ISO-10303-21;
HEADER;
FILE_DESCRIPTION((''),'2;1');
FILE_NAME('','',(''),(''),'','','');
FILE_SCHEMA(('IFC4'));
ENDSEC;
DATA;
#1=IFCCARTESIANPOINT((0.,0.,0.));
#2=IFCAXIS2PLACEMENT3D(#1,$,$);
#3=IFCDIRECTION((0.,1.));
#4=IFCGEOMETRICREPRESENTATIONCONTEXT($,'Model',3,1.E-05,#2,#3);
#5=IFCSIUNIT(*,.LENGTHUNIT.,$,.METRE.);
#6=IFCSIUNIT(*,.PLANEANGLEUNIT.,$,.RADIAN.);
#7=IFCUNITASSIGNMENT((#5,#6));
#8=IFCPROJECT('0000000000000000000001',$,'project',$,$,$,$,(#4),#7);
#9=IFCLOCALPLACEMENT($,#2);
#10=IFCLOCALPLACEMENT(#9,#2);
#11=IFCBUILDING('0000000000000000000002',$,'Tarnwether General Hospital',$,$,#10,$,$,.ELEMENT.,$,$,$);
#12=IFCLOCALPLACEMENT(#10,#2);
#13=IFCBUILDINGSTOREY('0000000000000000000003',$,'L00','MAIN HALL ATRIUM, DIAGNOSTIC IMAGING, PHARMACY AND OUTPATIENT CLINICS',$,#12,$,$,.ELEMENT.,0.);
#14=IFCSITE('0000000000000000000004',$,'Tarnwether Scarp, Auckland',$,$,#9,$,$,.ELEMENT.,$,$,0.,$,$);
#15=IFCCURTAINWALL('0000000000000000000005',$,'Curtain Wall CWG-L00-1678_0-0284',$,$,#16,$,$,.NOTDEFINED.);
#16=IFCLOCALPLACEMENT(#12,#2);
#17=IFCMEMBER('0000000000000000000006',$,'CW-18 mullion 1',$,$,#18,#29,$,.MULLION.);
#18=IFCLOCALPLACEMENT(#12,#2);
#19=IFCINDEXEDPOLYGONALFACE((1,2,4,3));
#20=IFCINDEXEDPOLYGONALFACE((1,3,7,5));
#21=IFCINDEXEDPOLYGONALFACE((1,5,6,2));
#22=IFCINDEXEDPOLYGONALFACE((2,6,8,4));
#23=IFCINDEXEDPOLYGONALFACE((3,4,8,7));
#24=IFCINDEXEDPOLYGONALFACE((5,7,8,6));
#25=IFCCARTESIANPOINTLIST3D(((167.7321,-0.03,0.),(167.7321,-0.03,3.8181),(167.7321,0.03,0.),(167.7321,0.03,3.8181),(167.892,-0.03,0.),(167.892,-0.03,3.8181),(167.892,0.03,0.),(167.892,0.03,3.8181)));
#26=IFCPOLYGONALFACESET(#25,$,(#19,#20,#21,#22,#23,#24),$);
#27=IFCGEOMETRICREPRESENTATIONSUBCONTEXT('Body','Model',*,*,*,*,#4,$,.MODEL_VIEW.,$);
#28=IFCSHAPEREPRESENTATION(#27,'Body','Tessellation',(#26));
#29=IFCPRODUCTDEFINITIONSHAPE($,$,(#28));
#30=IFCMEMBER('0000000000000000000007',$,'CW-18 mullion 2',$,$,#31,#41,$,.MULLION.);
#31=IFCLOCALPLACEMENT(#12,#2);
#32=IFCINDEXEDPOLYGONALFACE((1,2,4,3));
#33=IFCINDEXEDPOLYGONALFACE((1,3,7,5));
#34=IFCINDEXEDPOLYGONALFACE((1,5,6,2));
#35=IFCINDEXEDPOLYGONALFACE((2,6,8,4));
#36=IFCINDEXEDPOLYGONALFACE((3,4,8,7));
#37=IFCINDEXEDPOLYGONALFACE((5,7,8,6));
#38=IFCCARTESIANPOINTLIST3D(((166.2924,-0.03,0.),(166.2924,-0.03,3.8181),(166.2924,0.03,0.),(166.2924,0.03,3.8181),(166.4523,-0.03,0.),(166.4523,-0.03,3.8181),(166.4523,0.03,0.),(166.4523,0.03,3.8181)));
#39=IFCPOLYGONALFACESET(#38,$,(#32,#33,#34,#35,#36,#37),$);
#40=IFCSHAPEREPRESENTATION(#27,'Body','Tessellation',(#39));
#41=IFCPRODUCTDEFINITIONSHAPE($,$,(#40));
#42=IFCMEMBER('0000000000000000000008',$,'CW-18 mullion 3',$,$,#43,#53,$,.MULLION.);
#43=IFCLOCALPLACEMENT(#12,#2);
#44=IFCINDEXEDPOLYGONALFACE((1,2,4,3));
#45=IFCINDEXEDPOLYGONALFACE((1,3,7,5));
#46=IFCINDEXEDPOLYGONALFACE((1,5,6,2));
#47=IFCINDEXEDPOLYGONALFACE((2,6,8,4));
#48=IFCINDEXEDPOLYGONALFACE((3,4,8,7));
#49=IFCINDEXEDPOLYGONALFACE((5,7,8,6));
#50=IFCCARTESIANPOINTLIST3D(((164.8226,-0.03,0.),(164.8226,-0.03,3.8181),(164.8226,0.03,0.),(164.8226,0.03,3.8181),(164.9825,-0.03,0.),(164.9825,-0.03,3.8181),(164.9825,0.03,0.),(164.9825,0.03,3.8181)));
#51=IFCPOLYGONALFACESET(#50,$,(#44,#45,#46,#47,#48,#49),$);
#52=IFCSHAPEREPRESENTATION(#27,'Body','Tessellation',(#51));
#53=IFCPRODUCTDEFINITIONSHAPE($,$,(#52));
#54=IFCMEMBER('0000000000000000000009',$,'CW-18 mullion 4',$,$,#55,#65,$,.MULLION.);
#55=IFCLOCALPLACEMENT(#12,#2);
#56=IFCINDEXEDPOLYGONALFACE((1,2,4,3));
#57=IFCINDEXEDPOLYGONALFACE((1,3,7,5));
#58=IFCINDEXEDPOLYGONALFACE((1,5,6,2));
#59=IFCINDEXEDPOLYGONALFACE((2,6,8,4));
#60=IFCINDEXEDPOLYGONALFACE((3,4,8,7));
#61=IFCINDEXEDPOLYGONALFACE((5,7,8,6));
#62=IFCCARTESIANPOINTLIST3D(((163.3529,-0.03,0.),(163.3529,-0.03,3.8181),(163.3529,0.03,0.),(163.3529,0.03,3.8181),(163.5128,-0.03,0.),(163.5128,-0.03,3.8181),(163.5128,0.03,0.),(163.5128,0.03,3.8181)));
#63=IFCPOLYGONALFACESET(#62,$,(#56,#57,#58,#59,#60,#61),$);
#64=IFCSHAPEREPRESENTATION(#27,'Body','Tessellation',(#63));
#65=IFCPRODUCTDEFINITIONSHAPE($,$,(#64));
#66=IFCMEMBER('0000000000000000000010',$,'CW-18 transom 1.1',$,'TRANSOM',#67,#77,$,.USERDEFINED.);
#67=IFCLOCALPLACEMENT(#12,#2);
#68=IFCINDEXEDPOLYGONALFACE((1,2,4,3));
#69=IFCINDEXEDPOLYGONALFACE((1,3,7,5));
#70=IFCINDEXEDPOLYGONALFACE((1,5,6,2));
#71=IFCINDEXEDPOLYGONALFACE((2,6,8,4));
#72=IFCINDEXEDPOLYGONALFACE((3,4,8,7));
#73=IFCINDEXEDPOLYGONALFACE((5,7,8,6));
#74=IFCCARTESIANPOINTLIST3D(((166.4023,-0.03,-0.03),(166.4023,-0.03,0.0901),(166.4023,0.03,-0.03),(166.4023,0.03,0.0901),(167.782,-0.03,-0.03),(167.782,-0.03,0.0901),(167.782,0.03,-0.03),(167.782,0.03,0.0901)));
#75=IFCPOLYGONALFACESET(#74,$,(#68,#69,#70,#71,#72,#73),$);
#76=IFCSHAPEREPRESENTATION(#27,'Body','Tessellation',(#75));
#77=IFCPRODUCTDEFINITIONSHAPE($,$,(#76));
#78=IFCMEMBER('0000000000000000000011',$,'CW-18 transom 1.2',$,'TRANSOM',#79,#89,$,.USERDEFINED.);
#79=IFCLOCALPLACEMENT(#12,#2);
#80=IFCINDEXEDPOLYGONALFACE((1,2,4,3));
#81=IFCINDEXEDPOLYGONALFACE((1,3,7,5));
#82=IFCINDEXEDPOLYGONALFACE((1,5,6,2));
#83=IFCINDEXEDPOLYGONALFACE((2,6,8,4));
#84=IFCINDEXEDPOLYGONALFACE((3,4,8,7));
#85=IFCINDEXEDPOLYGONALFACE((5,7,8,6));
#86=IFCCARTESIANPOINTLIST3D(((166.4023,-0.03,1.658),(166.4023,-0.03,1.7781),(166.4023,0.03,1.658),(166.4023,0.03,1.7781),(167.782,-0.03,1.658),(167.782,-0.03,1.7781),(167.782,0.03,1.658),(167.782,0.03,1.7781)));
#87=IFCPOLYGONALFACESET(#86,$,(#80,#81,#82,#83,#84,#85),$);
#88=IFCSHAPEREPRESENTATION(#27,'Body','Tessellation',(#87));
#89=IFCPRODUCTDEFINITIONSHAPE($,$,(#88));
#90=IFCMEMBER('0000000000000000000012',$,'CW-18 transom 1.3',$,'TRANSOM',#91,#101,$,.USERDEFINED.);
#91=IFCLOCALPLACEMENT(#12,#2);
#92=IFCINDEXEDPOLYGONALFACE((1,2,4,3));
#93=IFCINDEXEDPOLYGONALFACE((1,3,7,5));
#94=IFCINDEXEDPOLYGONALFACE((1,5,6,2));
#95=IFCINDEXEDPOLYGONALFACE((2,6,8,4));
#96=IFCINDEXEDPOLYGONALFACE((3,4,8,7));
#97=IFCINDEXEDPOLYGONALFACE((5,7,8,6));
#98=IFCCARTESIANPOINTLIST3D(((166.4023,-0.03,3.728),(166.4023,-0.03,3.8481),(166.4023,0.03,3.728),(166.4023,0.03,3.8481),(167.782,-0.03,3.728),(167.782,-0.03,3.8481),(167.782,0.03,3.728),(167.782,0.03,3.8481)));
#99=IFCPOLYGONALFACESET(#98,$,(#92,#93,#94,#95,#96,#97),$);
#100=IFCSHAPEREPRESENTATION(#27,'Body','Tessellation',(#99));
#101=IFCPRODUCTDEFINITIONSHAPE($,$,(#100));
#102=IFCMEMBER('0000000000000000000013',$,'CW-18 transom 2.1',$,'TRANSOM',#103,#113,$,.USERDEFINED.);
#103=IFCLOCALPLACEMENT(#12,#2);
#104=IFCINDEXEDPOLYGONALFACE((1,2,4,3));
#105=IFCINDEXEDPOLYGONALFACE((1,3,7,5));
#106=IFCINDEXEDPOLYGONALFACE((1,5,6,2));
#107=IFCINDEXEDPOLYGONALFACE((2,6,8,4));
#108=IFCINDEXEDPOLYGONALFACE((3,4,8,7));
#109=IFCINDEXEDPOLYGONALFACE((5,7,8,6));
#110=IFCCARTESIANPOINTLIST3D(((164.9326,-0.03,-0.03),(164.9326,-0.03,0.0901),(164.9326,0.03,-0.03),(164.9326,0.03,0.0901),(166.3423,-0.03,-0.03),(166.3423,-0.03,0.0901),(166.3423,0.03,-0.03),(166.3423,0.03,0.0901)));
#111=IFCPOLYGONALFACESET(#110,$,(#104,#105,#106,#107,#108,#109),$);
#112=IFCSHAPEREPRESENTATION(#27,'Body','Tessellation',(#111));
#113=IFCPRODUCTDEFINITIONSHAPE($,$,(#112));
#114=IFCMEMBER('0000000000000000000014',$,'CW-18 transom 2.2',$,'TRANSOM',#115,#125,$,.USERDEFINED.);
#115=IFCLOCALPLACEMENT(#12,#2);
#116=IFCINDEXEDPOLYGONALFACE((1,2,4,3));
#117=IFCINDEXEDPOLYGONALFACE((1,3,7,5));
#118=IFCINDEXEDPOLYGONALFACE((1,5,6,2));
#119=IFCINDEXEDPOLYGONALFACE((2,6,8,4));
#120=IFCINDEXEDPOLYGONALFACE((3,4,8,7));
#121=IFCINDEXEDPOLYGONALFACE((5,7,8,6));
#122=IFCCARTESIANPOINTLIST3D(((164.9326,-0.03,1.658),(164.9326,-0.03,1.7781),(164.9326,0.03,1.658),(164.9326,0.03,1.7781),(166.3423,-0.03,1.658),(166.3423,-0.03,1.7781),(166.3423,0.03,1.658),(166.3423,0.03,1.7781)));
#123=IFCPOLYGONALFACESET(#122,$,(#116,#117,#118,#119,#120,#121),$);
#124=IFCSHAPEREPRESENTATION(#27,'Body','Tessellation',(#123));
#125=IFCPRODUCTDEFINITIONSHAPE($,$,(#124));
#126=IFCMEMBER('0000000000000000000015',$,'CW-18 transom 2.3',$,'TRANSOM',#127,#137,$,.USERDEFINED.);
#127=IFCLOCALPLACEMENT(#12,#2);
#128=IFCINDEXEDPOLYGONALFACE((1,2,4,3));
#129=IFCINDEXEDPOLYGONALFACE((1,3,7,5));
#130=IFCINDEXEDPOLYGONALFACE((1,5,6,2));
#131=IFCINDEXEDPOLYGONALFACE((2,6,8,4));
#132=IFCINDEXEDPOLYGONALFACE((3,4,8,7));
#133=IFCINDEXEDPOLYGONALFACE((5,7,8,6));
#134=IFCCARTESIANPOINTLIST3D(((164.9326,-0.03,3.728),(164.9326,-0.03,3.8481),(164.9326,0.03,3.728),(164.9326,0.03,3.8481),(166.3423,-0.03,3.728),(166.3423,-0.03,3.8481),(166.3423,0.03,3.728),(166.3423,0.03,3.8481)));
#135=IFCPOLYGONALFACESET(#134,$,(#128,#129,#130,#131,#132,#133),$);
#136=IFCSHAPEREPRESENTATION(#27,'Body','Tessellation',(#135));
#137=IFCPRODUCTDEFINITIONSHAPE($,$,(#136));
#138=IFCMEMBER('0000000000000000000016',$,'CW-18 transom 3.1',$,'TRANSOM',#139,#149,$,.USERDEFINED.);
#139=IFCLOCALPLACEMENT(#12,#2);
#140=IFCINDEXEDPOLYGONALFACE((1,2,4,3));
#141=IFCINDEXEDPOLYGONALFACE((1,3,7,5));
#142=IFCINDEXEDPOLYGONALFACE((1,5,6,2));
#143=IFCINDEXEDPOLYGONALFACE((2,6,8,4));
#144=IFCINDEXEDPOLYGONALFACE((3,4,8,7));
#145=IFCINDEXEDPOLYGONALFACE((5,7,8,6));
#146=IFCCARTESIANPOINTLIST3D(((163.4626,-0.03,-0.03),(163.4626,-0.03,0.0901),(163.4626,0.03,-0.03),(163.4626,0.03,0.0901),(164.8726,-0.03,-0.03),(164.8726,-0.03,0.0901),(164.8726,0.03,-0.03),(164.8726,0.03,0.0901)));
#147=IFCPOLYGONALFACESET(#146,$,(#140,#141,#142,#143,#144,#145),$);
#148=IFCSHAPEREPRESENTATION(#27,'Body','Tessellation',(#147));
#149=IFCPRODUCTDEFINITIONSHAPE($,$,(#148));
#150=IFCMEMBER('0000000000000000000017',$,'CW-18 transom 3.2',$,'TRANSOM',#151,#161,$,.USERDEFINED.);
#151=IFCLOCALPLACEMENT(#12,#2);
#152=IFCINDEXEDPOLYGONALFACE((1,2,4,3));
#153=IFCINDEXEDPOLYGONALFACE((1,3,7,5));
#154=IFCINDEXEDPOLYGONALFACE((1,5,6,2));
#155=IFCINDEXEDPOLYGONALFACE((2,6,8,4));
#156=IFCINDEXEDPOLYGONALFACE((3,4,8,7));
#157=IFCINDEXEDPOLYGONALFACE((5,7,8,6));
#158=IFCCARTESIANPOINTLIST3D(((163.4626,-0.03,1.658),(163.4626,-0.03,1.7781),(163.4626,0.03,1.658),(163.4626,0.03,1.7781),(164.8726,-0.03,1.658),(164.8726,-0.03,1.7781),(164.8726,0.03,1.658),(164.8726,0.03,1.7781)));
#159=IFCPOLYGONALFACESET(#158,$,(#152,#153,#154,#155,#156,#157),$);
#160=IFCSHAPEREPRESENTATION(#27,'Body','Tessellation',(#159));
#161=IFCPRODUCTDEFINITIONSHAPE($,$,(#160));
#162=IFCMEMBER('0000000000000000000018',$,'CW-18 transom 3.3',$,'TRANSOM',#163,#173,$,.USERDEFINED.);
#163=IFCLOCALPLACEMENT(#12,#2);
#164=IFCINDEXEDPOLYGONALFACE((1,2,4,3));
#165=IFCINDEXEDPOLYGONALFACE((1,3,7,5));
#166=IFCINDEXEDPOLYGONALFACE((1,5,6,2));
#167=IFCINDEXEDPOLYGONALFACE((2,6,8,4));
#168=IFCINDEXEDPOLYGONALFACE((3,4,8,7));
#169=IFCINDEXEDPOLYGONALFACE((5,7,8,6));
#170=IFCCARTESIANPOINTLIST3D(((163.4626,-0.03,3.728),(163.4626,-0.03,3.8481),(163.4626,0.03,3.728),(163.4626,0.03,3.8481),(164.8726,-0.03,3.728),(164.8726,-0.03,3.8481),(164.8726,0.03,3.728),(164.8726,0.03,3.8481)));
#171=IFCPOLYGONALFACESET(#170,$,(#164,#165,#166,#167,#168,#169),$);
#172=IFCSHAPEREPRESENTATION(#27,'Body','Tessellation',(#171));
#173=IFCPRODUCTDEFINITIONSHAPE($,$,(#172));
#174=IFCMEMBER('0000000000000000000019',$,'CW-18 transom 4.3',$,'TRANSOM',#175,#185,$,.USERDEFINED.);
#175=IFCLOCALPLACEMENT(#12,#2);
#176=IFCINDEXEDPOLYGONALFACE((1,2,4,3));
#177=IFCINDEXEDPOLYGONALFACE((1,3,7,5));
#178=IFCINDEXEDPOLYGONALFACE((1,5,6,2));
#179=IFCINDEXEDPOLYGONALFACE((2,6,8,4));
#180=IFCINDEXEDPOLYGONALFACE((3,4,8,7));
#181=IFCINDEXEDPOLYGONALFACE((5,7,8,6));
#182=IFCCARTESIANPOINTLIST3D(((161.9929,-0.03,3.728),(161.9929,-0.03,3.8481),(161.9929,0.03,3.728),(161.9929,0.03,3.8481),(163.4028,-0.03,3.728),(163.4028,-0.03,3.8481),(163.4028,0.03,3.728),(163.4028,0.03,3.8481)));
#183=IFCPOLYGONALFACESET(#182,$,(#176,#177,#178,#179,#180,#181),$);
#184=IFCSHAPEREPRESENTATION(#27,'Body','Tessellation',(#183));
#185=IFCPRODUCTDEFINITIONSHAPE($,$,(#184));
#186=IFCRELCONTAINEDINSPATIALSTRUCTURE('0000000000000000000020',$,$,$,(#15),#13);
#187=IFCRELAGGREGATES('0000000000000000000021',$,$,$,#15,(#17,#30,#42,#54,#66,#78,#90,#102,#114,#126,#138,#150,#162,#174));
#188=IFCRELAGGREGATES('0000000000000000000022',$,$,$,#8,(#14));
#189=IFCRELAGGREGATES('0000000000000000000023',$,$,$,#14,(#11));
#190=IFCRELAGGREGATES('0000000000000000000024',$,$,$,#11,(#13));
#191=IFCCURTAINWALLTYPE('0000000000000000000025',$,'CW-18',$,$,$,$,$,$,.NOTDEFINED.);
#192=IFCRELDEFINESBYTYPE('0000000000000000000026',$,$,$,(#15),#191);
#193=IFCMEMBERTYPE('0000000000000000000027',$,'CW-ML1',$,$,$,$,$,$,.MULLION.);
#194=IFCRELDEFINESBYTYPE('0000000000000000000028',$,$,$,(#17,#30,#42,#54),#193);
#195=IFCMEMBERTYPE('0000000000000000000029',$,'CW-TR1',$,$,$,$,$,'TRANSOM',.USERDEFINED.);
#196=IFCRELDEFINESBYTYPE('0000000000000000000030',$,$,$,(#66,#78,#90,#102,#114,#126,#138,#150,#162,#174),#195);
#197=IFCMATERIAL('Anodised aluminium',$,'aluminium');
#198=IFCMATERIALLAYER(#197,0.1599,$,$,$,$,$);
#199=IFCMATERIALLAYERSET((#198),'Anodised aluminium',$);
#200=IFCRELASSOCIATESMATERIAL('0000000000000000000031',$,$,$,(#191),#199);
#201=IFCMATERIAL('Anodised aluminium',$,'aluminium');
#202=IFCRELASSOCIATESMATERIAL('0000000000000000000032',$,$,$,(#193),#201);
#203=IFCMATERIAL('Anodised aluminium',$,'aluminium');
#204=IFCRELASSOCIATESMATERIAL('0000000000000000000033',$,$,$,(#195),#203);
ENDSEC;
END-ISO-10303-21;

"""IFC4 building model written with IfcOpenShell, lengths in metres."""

from ifc_helpers import new_model, si_unit, direction, frame, origin, origin_2d, place, context, subcontext, project, spatial, rectangle, extrude, material, layer, layer_set, material_profile, profile_set, type_object, element, aggregate, save


model = new_model("IFC4")

# Units and contexts
model_context = context("Model", 3, precision=1e-05, world=origin(), true_north=direction((0.0, 1.0)))
body_context = subcontext(model_context, "Body", "Model", "MODEL_VIEW")
ifc_project = project(units=[si_unit("LENGTHUNIT", "METRE"), si_unit("PLANEANGLEUNIT", "RADIAN")], contexts=[model_context])

# Site, building, storey
site_placement = place(None, origin())
site = spatial("IfcSite", under=ifc_project, at=site_placement, Name="Tarnwether Scarp, Auckland", CompositionType="ELEMENT", RefElevation=0.0)
building_placement = place(site_placement, origin())
building = spatial("IfcBuilding", under=site, at=building_placement, Name="Tarnwether General Hospital", CompositionType="ELEMENT")
storey_placement = place(building_placement, origin())
storey = spatial("IfcBuildingStorey", under=building, at=storey_placement, Name="L00", Description="MAIN HALL ATRIUM, DIAGNOSTIC IMAGING, PHARMACY AND OUTPATIENT CLINICS", CompositionType="ELEMENT", Elevation=0.0)

# Curtain wall, members
ifc_material_1 = material(Name="Anodised aluminium", Category="aluminium")
ifc_layer_1 = layer(ifc_material_1, 0.1599)
ifc_layer_set_1 = layer_set([ifc_layer_1], Name="Anodised aluminium")
curtain_wall_type = type_object("IfcCurtainWallType", Name="CW-18", PredefinedType="NOTDEFINED", material=ifc_layer_set_1)
curtain_wall_placement = place(storey_placement, origin())
curtain_wall = element("IfcCurtainWall", 1, at=curtain_wall_placement, inside=storey, type_object=curtain_wall_type, Name="Curtain Wall CWG-L00-1678_0-0284", PredefinedType="NOTDEFINED")
ifc_material_2 = material(Name="Anodised aluminium", Category="aluminium")
ifc_material_profile_1 = material_profile(ifc_material_2, rectangle(XDim=0.0601, YDim=0.1599, at=origin_2d()), Name="ALU-MUL-60x160")
ifc_profile_set_1 = profile_set([ifc_material_profile_1], Name="Anodised aluminium")
member_type_1 = type_object("IfcMemberType", Name="CW-ML1", PredefinedType="MULLION", material=ifc_profile_set_1)
member_1_placement = place(storey_placement, frame((167.812, 0.0, 0.0), z_axis=(0.0, 0.0, 1.0), x_axis=(0.0, -1.0, 0.0)))
member_1 = element("IfcMember", 2, at=member_1_placement, type_object=member_type_1, Name="CW-18 mullion 1", PredefinedType="MULLION", context=body_context, shape_type="SweptSolid", body=[
    extrude(rectangle(XDim=0.0601, YDim=0.1599, at=origin_2d()), origin(), (0.0, 0.0, 1.0), 3.8181),
])
member_2_placement = place(storey_placement, frame((166.3723, 0.0, 0.0), z_axis=(0.0, 0.0, 1.0), x_axis=(0.0, -1.0, 0.0)))
member_2 = element("IfcMember", 3, at=member_2_placement, type_object=member_type_1, Name="CW-18 mullion 2", PredefinedType="MULLION", context=body_context, shape_type="SweptSolid", body=[
    extrude(rectangle(XDim=0.0601, YDim=0.1599, at=origin_2d()), origin(), (0.0, 0.0, 1.0), 3.8181),
])
member_3_placement = place(storey_placement, frame((164.9026, 0.0, 0.0), z_axis=(0.0, 0.0, 1.0), x_axis=(0.0, -1.0, 0.0)))
member_3 = element("IfcMember", 4, at=member_3_placement, type_object=member_type_1, Name="CW-18 mullion 3", PredefinedType="MULLION", context=body_context, shape_type="SweptSolid", body=[
    extrude(rectangle(XDim=0.0601, YDim=0.1599, at=origin_2d()), origin(), (0.0, 0.0, 1.0), 3.8181),
])
member_4_placement = place(storey_placement, frame((163.4329, 0.0, 0.0), z_axis=(0.0, 0.0, 1.0), x_axis=(0.0, -1.0, 0.0)))
member_4 = element("IfcMember", 5, at=member_4_placement, type_object=member_type_1, Name="CW-18 mullion 4", PredefinedType="MULLION", context=body_context, shape_type="SweptSolid", body=[
    extrude(rectangle(XDim=0.0601, YDim=0.1599, at=origin_2d()), origin(), (0.0, 0.0, 1.0), 3.8181),
])
ifc_material_3 = material(Name="Anodised aluminium", Category="aluminium")
ifc_material_profile_2 = material_profile(ifc_material_3, rectangle(XDim=0.0601, YDim=0.1201, at=origin_2d()), Name="ALU-TRN-60x120")
ifc_profile_set_2 = profile_set([ifc_material_profile_2], Name="Anodised aluminium")
member_type_2 = type_object("IfcMemberType", Name="CW-TR1", ElementType="TRANSOM", PredefinedType="USERDEFINED", material=ifc_profile_set_2)
member_5_placement = place(storey_placement, frame((167.782, 0.0, 0.03), z_axis=(-1.0, 0.0, 0.0), x_axis=(0.0, -1.0, 0.0)))
member_5 = element("IfcMember", 6, at=member_5_placement, type_object=member_type_2, Name="CW-18 transom 1.1", ObjectType="TRANSOM", PredefinedType="USERDEFINED", context=body_context, shape_type="SweptSolid", body=[
    extrude(rectangle(XDim=0.0601, YDim=0.1201, at=origin_2d()), origin(), (0.0, 0.0, 1.0), 1.3796),
])
member_6_placement = place(storey_placement, frame((167.782, 0.0, 1.718), z_axis=(-1.0, 0.0, 0.0), x_axis=(0.0, -1.0, 0.0)))
member_6 = element("IfcMember", 7, at=member_6_placement, type_object=member_type_2, Name="CW-18 transom 1.2", ObjectType="TRANSOM", PredefinedType="USERDEFINED", context=body_context, shape_type="SweptSolid", body=[
    extrude(rectangle(XDim=0.0601, YDim=0.1201, at=origin_2d()), origin(), (0.0, 0.0, 1.0), 1.3796),
])
member_7_placement = place(storey_placement, frame((167.782, 0.0, 3.7881), z_axis=(-1.0, 0.0, 0.0), x_axis=(0.0, -1.0, 0.0)))
member_7 = element("IfcMember", 8, at=member_7_placement, type_object=member_type_2, Name="CW-18 transom 1.3", ObjectType="TRANSOM", PredefinedType="USERDEFINED", context=body_context, shape_type="SweptSolid", body=[
    extrude(rectangle(XDim=0.0601, YDim=0.1201, at=origin_2d()), origin(), (0.0, 0.0, 1.0), 1.3796),
])
member_8_placement = place(storey_placement, frame((166.3423, 0.0, 0.03), z_axis=(-1.0, 0.0, 0.0), x_axis=(0.0, -1.0, 0.0)))
member_8 = element("IfcMember", 9, at=member_8_placement, type_object=member_type_2, Name="CW-18 transom 2.1", ObjectType="TRANSOM", PredefinedType="USERDEFINED", context=body_context, shape_type="SweptSolid", body=[
    extrude(rectangle(XDim=0.0601, YDim=0.1201, at=origin_2d()), origin(), (0.0, 0.0, 1.0), 1.4097),
])
member_9_placement = place(storey_placement, frame((166.3423, 0.0, 1.718), z_axis=(-1.0, 0.0, 0.0), x_axis=(0.0, -1.0, 0.0)))
member_9 = element("IfcMember", 10, at=member_9_placement, type_object=member_type_2, Name="CW-18 transom 2.2", ObjectType="TRANSOM", PredefinedType="USERDEFINED", context=body_context, shape_type="SweptSolid", body=[
    extrude(rectangle(XDim=0.0601, YDim=0.1201, at=origin_2d()), origin(), (0.0, 0.0, 1.0), 1.4097),
])
member_10_placement = place(storey_placement, frame((166.3423, 0.0, 3.7881), z_axis=(-1.0, 0.0, 0.0), x_axis=(0.0, -1.0, 0.0)))
member_10 = element("IfcMember", 11, at=member_10_placement, type_object=member_type_2, Name="CW-18 transom 2.3", ObjectType="TRANSOM", PredefinedType="USERDEFINED", context=body_context, shape_type="SweptSolid", body=[
    extrude(rectangle(XDim=0.0601, YDim=0.1201, at=origin_2d()), origin(), (0.0, 0.0, 1.0), 1.4097),
])
member_11_placement = place(storey_placement, frame((164.8726, 0.0, 0.03), z_axis=(-1.0, 0.0, 0.0), x_axis=(0.0, -1.0, 0.0)))
member_11 = element("IfcMember", 12, at=member_11_placement, type_object=member_type_2, Name="CW-18 transom 3.1", ObjectType="TRANSOM", PredefinedType="USERDEFINED", context=body_context, shape_type="SweptSolid", body=[
    extrude(rectangle(XDim=0.0601, YDim=0.1201, at=origin_2d()), origin(), (0.0, 0.0, 1.0), 1.4099),
])
member_12_placement = place(storey_placement, frame((164.8726, 0.0, 1.718), z_axis=(-1.0, 0.0, 0.0), x_axis=(0.0, -1.0, 0.0)))
member_12 = element("IfcMember", 13, at=member_12_placement, type_object=member_type_2, Name="CW-18 transom 3.2", ObjectType="TRANSOM", PredefinedType="USERDEFINED", context=body_context, shape_type="SweptSolid", body=[
    extrude(rectangle(XDim=0.0601, YDim=0.1201, at=origin_2d()), origin(), (0.0, 0.0, 1.0), 1.4099),
])
member_13_placement = place(storey_placement, frame((164.8726, 0.0, 3.7881), z_axis=(-1.0, 0.0, 0.0), x_axis=(0.0, -1.0, 0.0)))
member_13 = element("IfcMember", 14, at=member_13_placement, type_object=member_type_2, Name="CW-18 transom 3.3", ObjectType="TRANSOM", PredefinedType="USERDEFINED", context=body_context, shape_type="SweptSolid", body=[
    extrude(rectangle(XDim=0.0601, YDim=0.1201, at=origin_2d()), origin(), (0.0, 0.0, 1.0), 1.4099),
])
member_14_placement = place(storey_placement, frame((163.4028, 0.0, 3.7881), z_axis=(-1.0, 0.0, 0.0), x_axis=(0.0, -1.0, 0.0)))
member_14 = element("IfcMember", 15, at=member_14_placement, type_object=member_type_2, Name="CW-18 transom 4.3", ObjectType="TRANSOM", PredefinedType="USERDEFINED", context=body_context, shape_type="SweptSolid", body=[
    extrude(rectangle(XDim=0.0601, YDim=0.1201, at=origin_2d()), origin(), (0.0, 0.0, 1.0), 1.4099),
])
aggregate(curtain_wall, [member_1, member_2, member_3, member_4, member_5, member_6, member_7, member_8, member_9, member_10, member_11, member_12, member_13, member_14])

save(model, "model.ifc")
